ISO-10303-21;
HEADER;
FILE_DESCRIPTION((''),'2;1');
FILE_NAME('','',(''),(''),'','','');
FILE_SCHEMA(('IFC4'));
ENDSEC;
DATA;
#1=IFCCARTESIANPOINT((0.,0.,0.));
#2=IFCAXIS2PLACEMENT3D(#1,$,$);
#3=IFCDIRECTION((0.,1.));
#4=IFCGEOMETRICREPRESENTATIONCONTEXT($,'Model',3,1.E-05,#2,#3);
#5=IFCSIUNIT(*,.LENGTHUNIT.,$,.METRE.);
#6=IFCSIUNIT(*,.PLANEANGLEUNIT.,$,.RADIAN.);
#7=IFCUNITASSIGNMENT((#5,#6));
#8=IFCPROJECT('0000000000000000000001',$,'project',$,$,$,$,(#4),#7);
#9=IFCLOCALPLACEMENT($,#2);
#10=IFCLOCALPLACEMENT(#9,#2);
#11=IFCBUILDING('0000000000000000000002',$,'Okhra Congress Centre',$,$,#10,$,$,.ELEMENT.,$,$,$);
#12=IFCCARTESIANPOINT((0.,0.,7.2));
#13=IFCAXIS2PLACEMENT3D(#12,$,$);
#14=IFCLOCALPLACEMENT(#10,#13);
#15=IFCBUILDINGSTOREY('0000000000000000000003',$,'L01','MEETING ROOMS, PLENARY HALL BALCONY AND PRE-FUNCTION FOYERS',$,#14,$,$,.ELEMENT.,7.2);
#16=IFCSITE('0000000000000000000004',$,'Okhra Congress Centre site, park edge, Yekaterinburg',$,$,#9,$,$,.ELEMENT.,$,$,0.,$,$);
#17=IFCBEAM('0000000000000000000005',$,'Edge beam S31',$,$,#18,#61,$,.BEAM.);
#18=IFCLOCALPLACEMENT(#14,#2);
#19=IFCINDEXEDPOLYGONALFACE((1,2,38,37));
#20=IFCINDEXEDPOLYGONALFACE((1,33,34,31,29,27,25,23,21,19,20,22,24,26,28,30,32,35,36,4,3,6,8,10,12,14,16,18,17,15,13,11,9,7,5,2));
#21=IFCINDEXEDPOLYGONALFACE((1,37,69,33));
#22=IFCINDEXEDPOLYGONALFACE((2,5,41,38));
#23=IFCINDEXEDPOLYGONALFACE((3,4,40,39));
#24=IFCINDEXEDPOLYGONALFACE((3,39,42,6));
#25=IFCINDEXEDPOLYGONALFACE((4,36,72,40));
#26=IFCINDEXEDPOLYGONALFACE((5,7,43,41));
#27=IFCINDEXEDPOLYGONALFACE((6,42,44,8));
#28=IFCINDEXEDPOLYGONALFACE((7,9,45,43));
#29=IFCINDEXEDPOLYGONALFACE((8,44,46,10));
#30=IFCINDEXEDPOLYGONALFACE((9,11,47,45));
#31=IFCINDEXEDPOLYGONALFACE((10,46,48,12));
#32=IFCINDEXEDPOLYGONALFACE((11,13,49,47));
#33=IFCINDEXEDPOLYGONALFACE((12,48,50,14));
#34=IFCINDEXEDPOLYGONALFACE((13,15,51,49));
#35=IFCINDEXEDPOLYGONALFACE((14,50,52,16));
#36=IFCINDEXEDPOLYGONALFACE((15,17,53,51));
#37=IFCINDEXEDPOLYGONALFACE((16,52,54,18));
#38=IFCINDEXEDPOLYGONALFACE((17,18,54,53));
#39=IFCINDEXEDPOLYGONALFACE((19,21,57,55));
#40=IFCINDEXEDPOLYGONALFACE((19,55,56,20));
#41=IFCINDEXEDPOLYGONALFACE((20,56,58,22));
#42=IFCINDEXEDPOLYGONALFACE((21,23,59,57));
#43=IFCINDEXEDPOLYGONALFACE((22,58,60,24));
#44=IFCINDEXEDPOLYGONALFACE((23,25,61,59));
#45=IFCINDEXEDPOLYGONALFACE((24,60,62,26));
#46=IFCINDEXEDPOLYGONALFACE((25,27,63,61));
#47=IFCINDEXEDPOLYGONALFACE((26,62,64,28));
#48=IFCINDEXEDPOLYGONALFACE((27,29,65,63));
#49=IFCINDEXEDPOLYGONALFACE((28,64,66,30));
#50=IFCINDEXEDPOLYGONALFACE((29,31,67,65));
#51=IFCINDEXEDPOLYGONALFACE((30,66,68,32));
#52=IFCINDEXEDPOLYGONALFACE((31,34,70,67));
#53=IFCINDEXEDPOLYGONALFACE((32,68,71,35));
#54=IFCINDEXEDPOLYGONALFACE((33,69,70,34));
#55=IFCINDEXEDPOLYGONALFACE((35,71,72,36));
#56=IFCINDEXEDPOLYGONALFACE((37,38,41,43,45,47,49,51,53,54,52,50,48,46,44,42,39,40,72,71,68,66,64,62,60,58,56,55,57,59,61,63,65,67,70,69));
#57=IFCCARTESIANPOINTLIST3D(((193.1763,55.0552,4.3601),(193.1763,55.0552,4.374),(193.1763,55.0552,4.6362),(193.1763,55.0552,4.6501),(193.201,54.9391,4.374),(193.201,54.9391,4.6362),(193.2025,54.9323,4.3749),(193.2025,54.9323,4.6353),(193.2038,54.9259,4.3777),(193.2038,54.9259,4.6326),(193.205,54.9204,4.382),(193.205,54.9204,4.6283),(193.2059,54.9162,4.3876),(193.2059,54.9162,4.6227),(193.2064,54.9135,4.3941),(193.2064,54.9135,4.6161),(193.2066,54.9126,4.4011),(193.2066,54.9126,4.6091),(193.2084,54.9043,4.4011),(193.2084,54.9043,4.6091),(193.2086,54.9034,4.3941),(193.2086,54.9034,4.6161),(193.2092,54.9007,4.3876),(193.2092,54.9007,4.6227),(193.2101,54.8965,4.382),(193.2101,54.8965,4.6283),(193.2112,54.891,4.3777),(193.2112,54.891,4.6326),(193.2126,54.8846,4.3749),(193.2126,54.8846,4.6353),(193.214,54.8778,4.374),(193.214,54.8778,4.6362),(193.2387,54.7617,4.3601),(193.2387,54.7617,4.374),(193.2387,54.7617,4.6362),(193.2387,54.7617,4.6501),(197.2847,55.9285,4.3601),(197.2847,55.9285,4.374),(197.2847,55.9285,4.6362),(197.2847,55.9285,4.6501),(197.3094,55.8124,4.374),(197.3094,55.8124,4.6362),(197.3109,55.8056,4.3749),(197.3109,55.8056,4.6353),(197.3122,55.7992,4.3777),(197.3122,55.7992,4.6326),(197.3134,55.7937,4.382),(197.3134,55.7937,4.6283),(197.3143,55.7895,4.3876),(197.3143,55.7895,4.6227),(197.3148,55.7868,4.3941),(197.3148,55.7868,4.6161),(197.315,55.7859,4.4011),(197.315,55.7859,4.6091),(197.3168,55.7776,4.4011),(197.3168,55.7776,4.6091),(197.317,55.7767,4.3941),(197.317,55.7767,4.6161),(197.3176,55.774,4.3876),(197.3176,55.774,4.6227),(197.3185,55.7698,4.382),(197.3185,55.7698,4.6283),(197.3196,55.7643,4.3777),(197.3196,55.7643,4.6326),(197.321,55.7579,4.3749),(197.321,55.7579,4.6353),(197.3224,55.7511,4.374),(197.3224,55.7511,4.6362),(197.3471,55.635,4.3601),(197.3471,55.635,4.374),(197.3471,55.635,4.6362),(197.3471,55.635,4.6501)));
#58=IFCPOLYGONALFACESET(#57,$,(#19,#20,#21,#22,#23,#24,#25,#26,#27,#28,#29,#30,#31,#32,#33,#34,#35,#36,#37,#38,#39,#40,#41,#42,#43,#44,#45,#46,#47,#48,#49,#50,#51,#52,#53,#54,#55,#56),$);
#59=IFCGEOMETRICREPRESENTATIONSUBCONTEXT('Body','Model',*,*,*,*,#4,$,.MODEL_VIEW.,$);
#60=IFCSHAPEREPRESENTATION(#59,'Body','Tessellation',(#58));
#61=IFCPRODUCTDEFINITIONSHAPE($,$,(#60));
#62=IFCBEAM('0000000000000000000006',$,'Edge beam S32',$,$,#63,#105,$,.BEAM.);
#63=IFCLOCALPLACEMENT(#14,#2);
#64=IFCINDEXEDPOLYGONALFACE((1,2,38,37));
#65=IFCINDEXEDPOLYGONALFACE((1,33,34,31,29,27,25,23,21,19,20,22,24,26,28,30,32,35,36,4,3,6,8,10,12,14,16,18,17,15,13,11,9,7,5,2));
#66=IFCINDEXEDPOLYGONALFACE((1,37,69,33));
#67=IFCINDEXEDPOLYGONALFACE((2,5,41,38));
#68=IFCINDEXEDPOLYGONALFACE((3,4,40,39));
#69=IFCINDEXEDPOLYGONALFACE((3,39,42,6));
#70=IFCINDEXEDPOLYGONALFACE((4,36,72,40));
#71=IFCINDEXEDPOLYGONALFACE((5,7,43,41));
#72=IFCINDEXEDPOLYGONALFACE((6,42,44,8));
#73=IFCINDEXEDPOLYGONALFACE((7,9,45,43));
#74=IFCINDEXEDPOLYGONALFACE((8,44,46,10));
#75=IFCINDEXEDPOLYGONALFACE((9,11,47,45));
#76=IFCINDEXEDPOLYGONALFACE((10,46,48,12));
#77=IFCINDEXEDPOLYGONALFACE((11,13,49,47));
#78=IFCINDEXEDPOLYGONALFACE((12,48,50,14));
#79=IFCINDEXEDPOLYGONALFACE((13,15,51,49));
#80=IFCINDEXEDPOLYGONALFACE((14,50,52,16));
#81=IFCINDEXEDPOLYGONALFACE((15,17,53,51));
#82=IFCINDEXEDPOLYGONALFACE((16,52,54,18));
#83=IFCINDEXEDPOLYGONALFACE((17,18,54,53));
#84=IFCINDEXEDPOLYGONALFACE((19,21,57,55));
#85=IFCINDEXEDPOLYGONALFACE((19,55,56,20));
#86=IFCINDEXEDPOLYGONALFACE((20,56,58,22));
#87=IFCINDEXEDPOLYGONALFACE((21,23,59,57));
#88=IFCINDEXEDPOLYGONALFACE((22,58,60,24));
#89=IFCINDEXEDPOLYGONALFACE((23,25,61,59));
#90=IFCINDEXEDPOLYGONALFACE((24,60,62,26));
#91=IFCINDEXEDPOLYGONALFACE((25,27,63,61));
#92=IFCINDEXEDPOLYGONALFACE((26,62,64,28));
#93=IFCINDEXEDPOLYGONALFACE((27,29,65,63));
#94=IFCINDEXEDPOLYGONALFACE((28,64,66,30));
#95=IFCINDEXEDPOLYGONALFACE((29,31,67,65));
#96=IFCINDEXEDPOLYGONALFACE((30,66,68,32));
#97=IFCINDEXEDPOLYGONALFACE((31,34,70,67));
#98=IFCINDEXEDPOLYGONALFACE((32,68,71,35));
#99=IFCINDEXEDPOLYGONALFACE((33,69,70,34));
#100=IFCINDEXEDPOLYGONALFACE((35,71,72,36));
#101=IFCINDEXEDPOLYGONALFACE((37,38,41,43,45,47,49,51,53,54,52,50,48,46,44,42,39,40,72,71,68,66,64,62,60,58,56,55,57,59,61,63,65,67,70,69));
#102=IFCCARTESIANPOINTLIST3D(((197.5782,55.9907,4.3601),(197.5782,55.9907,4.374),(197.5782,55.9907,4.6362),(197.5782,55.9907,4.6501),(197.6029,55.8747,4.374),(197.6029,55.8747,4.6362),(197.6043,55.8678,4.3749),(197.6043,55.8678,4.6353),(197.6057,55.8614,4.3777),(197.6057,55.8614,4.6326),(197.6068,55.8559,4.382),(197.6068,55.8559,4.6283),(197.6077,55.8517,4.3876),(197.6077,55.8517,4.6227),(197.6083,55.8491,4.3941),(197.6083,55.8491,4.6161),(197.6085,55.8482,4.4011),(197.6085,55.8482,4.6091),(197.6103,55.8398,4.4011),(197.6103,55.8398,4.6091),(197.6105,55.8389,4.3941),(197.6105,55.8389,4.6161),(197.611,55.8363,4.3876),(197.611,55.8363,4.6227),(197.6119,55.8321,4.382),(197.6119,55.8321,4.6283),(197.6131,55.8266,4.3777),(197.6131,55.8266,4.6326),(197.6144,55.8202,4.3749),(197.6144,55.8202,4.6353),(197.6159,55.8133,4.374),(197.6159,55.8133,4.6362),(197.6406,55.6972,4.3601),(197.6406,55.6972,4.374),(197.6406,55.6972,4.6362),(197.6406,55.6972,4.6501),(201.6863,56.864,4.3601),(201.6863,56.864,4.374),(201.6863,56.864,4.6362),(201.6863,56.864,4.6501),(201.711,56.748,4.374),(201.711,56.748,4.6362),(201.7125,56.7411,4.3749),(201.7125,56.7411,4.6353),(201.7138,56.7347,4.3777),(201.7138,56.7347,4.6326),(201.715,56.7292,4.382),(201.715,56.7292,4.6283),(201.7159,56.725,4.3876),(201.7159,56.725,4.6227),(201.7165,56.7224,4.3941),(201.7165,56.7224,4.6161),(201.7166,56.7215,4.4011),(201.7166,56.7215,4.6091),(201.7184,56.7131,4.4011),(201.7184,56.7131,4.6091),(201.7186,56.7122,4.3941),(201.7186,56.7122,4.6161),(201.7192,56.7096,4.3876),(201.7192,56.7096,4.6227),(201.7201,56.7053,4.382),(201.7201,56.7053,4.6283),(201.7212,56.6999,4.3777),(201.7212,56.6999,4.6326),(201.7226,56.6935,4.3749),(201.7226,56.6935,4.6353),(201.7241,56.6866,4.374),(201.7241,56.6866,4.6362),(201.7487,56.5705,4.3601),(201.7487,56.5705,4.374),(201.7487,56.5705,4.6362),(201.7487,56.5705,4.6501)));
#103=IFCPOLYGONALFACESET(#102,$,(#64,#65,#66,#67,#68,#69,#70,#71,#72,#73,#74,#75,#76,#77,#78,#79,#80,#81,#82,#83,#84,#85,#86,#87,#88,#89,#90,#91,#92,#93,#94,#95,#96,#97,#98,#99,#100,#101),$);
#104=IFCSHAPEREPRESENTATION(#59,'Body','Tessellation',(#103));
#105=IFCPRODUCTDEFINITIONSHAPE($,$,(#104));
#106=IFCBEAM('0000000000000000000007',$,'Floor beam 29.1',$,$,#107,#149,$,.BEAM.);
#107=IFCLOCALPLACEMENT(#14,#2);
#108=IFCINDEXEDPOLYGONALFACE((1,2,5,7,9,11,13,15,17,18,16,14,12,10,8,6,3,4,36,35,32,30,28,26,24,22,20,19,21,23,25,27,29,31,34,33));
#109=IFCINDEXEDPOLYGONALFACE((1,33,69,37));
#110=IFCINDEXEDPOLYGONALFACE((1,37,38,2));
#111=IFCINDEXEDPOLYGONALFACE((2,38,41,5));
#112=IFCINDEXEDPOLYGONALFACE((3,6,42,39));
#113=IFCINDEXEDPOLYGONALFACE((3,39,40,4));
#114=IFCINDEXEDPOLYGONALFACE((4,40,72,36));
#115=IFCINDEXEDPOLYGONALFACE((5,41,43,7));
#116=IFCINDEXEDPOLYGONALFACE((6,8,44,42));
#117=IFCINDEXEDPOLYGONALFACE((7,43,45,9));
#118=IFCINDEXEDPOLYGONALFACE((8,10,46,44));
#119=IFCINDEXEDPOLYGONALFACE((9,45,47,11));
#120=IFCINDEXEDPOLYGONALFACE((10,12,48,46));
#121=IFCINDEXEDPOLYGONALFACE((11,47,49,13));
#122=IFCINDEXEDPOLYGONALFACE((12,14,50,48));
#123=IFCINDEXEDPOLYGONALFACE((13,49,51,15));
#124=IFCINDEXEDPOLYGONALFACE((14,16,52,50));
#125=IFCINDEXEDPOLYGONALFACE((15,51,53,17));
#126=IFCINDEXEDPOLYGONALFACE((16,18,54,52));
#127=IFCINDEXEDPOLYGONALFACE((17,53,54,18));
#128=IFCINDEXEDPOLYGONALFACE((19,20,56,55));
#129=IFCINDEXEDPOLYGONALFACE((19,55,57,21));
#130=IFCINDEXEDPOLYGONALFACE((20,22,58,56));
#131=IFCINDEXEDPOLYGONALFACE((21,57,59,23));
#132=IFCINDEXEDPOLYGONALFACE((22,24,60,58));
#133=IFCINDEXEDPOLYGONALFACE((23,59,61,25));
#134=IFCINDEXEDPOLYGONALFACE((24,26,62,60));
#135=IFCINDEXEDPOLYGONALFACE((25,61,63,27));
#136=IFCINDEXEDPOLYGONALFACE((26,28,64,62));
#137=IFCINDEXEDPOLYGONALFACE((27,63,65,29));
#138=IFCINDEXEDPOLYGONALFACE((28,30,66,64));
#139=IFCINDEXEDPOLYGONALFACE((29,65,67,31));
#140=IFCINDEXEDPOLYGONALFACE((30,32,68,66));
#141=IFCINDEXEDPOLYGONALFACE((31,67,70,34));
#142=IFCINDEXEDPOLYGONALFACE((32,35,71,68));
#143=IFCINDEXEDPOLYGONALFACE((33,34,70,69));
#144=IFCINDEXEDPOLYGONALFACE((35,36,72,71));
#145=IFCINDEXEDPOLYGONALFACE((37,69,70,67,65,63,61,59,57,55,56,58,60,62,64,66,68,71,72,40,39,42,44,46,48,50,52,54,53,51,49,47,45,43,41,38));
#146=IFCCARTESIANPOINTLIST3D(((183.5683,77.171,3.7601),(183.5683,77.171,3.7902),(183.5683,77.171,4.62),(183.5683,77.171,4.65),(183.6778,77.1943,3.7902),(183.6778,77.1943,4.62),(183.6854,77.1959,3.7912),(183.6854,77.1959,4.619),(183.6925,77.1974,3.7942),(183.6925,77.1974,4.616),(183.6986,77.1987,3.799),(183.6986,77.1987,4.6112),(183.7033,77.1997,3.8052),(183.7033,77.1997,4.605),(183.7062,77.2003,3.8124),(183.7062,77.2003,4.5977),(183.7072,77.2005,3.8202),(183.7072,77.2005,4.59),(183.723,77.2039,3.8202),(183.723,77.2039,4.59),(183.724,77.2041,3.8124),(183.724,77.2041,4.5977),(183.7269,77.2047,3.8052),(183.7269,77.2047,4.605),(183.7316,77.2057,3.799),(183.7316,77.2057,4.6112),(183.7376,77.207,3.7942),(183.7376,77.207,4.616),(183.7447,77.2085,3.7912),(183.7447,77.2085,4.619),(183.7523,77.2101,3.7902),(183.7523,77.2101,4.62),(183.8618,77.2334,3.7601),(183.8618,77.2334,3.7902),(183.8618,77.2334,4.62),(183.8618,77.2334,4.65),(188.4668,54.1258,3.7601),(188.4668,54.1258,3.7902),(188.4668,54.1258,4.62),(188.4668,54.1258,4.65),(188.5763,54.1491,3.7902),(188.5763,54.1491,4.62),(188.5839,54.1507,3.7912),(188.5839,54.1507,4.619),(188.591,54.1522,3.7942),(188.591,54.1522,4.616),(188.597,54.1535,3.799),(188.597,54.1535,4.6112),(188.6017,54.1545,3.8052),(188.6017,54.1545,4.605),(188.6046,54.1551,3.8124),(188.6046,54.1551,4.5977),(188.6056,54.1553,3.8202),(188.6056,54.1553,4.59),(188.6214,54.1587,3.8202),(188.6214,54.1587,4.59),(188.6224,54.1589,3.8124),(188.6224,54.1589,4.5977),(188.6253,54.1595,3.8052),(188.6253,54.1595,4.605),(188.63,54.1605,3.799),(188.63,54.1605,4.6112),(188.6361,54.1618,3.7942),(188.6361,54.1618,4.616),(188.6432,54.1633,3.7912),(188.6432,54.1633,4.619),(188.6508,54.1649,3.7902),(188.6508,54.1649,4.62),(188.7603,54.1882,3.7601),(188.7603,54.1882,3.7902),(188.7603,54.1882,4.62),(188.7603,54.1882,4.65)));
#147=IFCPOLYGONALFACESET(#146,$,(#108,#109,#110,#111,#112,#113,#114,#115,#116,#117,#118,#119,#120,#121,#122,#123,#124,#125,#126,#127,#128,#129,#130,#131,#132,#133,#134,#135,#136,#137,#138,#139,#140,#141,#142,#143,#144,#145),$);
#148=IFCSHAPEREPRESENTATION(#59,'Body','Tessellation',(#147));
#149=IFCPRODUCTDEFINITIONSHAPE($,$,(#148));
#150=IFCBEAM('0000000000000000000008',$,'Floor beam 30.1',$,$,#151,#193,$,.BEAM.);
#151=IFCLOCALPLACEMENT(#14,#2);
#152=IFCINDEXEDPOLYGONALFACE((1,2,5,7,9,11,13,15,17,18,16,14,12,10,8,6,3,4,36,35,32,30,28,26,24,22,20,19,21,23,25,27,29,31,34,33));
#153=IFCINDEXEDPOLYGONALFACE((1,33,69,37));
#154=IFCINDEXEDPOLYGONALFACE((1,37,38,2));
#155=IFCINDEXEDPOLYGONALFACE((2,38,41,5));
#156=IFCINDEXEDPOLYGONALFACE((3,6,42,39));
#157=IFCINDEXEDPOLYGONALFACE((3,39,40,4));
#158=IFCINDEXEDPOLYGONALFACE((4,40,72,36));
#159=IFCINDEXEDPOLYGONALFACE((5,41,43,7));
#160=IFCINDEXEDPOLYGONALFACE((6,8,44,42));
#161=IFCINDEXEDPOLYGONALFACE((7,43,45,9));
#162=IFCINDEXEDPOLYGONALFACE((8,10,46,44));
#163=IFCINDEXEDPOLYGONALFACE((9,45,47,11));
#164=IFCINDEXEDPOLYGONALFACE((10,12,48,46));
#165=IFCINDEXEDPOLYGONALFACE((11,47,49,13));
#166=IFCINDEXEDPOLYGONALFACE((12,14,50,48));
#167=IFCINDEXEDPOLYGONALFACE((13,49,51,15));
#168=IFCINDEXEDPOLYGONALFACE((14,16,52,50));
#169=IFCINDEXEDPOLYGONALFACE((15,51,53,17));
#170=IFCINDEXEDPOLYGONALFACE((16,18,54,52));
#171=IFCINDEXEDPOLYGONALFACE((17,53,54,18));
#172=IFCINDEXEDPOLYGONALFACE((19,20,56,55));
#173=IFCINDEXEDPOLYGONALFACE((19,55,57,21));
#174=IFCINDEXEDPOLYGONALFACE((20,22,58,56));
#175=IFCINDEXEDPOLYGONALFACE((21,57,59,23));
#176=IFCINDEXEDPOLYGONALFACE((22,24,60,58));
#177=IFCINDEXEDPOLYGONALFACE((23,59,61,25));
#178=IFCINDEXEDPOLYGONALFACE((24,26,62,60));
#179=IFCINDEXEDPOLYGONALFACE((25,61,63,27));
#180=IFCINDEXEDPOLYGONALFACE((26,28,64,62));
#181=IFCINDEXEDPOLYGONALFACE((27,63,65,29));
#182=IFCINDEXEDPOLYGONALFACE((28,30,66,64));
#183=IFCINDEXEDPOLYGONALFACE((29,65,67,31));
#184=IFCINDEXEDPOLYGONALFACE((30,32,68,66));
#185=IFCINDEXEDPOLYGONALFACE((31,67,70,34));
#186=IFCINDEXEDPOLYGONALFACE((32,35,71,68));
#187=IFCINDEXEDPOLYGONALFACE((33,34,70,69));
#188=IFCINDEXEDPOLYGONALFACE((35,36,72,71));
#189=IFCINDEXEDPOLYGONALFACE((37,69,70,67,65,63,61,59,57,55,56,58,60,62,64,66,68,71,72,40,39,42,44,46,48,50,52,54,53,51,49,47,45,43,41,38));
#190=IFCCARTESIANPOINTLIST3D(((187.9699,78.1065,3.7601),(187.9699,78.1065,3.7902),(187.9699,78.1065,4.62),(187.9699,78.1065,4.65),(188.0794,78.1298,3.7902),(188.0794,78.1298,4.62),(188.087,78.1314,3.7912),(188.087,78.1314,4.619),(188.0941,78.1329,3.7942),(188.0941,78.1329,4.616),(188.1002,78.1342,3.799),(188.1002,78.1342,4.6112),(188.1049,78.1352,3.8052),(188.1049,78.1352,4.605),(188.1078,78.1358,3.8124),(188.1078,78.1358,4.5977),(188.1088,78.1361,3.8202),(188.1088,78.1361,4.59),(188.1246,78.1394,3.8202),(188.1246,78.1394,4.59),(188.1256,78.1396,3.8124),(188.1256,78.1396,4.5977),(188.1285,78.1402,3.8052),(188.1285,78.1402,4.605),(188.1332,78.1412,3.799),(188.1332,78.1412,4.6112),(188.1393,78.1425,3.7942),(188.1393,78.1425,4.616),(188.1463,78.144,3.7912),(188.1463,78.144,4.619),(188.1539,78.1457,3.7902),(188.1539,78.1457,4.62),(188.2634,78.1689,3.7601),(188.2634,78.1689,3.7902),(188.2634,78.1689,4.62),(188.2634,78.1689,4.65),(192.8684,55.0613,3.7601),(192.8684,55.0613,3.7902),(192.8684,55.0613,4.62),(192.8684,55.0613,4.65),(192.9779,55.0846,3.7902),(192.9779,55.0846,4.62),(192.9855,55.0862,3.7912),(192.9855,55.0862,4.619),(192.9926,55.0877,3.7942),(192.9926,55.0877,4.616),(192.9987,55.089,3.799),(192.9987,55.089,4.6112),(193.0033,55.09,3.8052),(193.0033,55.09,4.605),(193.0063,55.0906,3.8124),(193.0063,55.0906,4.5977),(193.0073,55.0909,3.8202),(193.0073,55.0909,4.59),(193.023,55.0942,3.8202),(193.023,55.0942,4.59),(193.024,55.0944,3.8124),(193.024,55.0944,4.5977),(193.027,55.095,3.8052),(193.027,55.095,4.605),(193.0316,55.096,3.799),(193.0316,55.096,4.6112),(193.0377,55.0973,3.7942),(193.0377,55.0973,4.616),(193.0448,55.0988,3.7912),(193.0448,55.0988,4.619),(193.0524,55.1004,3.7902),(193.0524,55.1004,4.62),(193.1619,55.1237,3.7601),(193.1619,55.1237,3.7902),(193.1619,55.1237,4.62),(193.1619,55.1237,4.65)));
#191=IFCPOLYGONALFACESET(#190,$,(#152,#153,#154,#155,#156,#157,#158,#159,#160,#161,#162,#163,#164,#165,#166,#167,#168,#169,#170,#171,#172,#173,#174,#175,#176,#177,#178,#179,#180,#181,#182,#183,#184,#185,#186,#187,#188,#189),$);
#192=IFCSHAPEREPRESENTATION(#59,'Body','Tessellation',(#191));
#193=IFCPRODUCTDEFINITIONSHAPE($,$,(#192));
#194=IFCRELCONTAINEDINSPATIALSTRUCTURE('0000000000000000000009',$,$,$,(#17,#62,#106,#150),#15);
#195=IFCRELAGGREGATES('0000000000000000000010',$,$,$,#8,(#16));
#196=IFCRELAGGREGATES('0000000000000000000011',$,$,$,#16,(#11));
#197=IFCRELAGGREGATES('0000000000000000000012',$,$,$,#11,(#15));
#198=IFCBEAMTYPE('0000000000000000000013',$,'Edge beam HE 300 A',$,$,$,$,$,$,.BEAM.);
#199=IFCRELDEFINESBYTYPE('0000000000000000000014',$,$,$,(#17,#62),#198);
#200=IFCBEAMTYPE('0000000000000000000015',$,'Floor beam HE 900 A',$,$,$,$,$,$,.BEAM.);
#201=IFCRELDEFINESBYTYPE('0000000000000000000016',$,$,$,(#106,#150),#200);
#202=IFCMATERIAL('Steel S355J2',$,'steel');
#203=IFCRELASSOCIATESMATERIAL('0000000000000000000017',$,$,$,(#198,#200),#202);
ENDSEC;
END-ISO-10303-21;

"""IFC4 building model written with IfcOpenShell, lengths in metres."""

from ifc_helpers import new_model, si_unit, direction, frame, origin, origin_2d, place, context, subcontext, project, spatial, i_section, extrude, material, material_profile, profile_set, type_object, element, save


model = new_model("IFC4")

# Units and contexts
model_context = context("Model", 3, precision=1e-05, world=origin(), true_north=direction((0.0, 1.0)))
body_context = subcontext(model_context, "Body", "Model", "MODEL_VIEW")
ifc_project = project(units=[si_unit("LENGTHUNIT", "METRE"), si_unit("PLANEANGLEUNIT", "RADIAN")], contexts=[model_context])

# Site, building, storey
site_placement = place(None, origin())
site = spatial("IfcSite", under=ifc_project, at=site_placement, Name="Okhra Congress Centre site, park edge, Yekaterinburg", CompositionType="ELEMENT", RefElevation=0.0)
building_placement = place(site_placement, origin())
building = spatial("IfcBuilding", under=site, at=building_placement, Name="Okhra Congress Centre", CompositionType="ELEMENT")
storey_placement = place(building_placement, frame((0.0, 0.0, 7.2)))
storey = spatial("IfcBuildingStorey", under=building, at=storey_placement, Name="L01", Description="MEETING ROOMS, PLENARY HALL BALCONY AND PRE-FUNCTION FOYERS", CompositionType="ELEMENT", Elevation=7.2)

# Shared definitions
ifc_material_1 = material(Name="Steel S355J2", Category="steel")

# Beams
ifc_material_profile_1 = material_profile(ifc_material_1, i_section(OverallWidth=0.3, OverallDepth=0.29, WebThickness=0.0085, FlangeThickness=0.0139, FilletRadius=0.0271, at=origin_2d()), Name="HE 300 A")
ifc_profile_set_1 = profile_set([ifc_material_profile_1], Name="Steel S355J2")
beam_type_1 = type_object("IfcBeamType", Name="Edge beam HE 300 A", PredefinedType="BEAM", material=ifc_profile_set_1)
for number, where, z_axis, x_axis, name in (
    (1, (193.2075, 54.9084, 4.5051), (0.978146, 0.207917, 0.0), (-0.207917, 0.978146, 0.0), "Edge beam S31"),
):
    element("IfcBeam", number, at=place(storey_placement, frame(where, z_axis=z_axis, x_axis=x_axis)), inside=storey, type_object=beam_type_1, Name=name, PredefinedType="BEAM", context=body_context, shape_type="SweptSolid", body=[
        extrude(i_section(OverallWidth=0.3, OverallDepth=0.29, WebThickness=0.0085, FlangeThickness=0.0139, FilletRadius=0.0271, at=origin_2d()), origin(), (0.0, 0.0, 1.0), 4.2002),
    ])
beam_placement = place(storey_placement, frame((197.6094, 55.844, 4.5051), z_axis=(0.978144, 0.207929, 0.0), x_axis=(-0.207929, 0.978144, 0.0)))
element("IfcBeam", 2, at=beam_placement, inside=storey, type_object=beam_type_1, Name="Edge beam S32", PredefinedType="BEAM", context=body_context, shape_type="SweptSolid", body=[
    extrude(i_section(OverallWidth=0.3, OverallDepth=0.29, WebThickness=0.0085, FlangeThickness=0.0139, FilletRadius=0.0271, at=origin_2d()), origin(), (0.0, 0.0, 1.0), 4.2),
])
ifc_material_profile_2 = material_profile(ifc_material_1, i_section(OverallWidth=0.3, OverallDepth=0.8899, WebThickness=0.0161, FlangeThickness=0.03, FilletRadius=0.03, at=origin_2d()), Name="HE 900 A")
ifc_profile_set_2 = profile_set([ifc_material_profile_2], Name="Steel S355J2")
beam_type_2 = type_object("IfcBeamType", Name="Floor beam HE 900 A", PredefinedType="BEAM", material=ifc_profile_set_2)
for number, where, z_axis, x_axis, name in (
    (3, (188.6135, 54.157, 4.2051), (-0.207913, 0.978147, 0.0), (-0.978147, -0.207913, 0.0), "Floor beam 29.1"),
    (4, (193.0151, 55.0925, 4.2051), (-0.207913, 0.978147, 0.0), (-0.978147, -0.207913, 0.0), "Floor beam 30.1"),
):
    element("IfcBeam", number, at=place(storey_placement, frame(where, z_axis=z_axis, x_axis=x_axis)), inside=storey, type_object=beam_type_2, Name=name, PredefinedType="BEAM", context=body_context, shape_type="SweptSolid", body=[
        extrude(i_section(OverallWidth=0.3, OverallDepth=0.8899, WebThickness=0.0161, FlangeThickness=0.03, FilletRadius=0.03, at=origin_2d()), origin(), (0.0, 0.0, 1.0), 23.5601),
    ])

save(model, "model.ifc")
